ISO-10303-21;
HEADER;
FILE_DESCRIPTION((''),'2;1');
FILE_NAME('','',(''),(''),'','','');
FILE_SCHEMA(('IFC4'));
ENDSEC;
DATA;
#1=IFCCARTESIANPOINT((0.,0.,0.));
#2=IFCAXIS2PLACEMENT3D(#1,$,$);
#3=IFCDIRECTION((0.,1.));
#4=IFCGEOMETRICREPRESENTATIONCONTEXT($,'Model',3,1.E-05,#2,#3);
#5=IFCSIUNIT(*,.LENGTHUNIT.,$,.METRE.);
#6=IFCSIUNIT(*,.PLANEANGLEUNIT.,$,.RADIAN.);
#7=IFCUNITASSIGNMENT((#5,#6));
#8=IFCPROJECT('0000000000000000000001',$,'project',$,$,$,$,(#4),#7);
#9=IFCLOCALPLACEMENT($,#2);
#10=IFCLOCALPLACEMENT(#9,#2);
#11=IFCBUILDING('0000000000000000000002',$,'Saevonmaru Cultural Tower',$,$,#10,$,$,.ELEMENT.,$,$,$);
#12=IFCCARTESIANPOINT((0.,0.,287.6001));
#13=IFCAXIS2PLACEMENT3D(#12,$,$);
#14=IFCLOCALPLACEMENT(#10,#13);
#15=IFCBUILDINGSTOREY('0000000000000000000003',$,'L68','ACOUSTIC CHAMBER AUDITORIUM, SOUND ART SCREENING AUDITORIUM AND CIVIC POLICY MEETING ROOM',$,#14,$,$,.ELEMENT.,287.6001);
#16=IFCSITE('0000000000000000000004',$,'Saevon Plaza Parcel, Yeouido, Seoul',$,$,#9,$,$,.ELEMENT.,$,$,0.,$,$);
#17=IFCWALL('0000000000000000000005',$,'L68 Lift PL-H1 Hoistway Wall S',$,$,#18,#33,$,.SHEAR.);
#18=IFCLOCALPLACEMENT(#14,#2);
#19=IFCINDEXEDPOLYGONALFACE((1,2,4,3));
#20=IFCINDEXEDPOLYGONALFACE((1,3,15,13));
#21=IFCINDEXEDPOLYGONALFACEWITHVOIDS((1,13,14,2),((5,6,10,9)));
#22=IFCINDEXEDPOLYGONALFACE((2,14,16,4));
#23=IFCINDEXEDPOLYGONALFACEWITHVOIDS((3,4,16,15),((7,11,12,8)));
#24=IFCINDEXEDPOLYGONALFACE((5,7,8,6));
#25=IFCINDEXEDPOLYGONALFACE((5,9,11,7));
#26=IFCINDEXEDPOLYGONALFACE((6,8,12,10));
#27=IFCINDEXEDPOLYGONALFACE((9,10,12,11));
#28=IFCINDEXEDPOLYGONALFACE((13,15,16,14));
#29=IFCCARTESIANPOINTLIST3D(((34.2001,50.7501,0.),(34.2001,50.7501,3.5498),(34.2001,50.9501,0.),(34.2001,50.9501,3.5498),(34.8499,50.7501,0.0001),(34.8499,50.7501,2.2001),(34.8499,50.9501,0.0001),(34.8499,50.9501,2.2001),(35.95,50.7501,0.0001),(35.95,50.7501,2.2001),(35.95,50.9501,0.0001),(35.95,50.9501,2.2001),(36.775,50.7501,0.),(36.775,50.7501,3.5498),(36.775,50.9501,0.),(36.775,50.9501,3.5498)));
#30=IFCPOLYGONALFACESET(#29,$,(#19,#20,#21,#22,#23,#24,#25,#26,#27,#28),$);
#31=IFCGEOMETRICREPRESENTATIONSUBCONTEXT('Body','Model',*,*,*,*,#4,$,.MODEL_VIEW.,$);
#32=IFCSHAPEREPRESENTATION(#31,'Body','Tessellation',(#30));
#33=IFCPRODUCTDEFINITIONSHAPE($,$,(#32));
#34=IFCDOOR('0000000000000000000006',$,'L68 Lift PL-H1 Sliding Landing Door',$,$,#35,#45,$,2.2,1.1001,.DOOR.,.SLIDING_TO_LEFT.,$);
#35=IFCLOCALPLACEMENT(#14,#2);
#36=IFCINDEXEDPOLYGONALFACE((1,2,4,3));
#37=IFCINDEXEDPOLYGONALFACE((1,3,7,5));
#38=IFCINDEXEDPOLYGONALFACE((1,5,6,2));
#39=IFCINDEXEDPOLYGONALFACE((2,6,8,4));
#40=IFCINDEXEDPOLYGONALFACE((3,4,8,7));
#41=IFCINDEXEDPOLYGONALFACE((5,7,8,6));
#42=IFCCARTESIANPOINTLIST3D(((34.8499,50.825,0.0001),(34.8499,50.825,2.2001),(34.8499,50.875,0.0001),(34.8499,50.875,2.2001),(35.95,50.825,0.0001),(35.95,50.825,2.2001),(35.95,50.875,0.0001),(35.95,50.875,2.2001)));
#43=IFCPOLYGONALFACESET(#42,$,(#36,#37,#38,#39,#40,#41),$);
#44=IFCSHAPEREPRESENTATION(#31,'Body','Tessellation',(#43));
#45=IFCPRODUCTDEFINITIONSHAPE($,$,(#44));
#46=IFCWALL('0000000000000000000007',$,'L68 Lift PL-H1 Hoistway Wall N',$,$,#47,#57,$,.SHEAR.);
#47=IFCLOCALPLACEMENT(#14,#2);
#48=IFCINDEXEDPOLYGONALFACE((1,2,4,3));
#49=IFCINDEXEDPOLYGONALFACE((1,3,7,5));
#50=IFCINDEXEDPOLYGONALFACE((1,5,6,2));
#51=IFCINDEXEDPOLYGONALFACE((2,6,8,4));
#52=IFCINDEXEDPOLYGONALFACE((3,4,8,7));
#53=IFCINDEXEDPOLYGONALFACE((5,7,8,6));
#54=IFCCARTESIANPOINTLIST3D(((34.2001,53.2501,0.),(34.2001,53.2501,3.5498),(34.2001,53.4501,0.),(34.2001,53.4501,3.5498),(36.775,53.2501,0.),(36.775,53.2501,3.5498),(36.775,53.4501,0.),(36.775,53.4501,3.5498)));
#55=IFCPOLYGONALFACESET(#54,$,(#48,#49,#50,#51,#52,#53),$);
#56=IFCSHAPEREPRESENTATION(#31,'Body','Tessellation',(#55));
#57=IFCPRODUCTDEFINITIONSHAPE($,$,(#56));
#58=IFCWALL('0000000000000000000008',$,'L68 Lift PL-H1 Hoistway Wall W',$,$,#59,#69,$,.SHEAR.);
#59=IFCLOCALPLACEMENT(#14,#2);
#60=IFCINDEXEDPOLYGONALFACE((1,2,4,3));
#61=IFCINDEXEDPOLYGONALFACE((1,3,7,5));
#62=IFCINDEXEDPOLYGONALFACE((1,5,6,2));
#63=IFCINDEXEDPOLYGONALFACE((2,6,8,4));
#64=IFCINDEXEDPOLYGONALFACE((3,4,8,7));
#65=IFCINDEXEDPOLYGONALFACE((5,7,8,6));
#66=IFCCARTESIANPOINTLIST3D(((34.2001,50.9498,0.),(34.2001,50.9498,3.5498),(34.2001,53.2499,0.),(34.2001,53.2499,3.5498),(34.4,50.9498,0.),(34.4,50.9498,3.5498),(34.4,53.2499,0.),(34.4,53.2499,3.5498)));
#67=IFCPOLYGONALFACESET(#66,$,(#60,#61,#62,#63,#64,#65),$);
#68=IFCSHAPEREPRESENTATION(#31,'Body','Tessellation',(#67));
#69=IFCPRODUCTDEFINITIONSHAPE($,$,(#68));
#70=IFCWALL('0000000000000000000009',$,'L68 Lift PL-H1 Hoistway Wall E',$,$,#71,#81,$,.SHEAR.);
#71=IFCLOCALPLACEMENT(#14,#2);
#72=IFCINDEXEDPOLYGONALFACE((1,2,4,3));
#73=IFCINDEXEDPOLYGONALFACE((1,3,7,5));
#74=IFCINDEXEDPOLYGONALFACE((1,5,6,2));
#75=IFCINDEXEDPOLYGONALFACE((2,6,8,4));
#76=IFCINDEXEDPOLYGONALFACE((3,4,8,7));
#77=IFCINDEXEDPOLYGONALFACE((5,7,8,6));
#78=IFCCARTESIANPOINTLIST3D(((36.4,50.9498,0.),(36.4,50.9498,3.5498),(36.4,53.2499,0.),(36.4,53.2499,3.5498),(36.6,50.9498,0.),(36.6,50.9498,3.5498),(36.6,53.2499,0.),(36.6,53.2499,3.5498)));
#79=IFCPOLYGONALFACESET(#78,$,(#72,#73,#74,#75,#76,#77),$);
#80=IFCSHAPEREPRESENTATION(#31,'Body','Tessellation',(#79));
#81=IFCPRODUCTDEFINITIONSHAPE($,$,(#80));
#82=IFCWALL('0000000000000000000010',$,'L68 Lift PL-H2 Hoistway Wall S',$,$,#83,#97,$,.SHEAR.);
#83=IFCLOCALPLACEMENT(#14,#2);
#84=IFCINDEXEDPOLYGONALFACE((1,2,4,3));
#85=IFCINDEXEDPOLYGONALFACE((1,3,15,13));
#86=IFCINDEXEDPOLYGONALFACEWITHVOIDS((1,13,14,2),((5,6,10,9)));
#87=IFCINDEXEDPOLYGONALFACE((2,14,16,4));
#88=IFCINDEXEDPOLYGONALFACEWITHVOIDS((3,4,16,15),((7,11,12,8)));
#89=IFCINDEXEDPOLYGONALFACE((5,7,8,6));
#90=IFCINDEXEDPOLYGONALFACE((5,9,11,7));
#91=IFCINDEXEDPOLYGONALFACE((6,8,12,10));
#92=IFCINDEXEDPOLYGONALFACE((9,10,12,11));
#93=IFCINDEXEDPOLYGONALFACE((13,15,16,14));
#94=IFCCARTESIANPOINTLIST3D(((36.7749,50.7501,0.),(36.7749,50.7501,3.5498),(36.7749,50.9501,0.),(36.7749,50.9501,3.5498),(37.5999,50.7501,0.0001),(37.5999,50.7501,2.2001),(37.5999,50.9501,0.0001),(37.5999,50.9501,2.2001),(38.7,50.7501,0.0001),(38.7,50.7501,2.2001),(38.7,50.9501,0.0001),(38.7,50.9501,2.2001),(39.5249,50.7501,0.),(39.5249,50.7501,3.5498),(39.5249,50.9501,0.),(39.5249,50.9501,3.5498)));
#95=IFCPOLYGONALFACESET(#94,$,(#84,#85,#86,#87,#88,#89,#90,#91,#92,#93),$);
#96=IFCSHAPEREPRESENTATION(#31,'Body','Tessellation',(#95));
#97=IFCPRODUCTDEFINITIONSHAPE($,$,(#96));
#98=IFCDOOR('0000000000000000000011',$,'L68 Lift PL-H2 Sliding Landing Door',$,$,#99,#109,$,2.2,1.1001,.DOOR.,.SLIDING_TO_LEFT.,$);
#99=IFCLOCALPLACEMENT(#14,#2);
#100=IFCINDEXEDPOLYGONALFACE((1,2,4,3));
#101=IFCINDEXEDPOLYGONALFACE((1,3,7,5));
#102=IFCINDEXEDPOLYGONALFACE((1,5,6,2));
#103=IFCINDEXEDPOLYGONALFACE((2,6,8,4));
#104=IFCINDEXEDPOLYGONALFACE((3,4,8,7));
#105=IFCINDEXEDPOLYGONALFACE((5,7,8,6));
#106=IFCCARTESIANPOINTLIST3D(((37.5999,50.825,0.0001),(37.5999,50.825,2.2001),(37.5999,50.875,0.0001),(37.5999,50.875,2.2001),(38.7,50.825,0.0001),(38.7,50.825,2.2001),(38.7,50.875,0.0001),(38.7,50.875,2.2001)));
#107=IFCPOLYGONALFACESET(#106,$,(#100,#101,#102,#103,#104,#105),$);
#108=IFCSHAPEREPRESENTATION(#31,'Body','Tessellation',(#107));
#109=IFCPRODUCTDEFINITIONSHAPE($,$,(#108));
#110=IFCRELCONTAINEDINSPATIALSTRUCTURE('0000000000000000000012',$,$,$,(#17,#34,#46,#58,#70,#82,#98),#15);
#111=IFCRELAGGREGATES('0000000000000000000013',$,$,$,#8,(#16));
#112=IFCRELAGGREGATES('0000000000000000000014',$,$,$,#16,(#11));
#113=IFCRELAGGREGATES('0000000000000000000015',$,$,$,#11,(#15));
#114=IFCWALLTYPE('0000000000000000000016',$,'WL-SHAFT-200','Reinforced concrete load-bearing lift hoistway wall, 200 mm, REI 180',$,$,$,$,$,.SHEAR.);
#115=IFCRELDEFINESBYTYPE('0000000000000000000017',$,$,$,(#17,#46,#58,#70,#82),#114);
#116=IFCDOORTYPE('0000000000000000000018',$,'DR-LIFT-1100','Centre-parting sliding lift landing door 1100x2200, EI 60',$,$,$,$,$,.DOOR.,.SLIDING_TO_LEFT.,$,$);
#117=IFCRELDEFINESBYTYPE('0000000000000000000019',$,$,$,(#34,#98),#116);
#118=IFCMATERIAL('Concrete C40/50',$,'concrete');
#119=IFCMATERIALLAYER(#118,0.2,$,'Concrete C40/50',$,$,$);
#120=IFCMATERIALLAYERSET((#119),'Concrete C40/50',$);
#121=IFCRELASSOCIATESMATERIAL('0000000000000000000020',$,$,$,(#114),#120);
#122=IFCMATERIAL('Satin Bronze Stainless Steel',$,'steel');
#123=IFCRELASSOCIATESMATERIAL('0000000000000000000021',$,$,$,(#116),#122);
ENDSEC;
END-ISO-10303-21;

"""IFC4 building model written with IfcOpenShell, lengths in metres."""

from ifc_helpers import new_model, si_unit, direction, frame, frame_2d, origin, place, context, subcontext, project, spatial, rectangle, extrude, material, layer, layer_set, type_object, element, fill, save


model = new_model("IFC4")

# Units and contexts
model_context = context("Model", 3, precision=1e-05, world=origin(), true_north=direction((0.0, 1.0)))
body_context = subcontext(model_context, "Body", "Model", "MODEL_VIEW")
ifc_project = project(units=[si_unit("LENGTHUNIT", "METRE"), si_unit("PLANEANGLEUNIT", "RADIAN")], contexts=[model_context])

# Site, building, storey
site_placement = place(None, origin())
site = spatial("IfcSite", under=ifc_project, at=site_placement, Name="Saevon Plaza Parcel, Yeouido, Seoul", CompositionType="ELEMENT", RefElevation=0.0)
building_placement = place(site_placement, origin())
building = spatial("IfcBuilding", under=site, at=building_placement, Name="Saevonmaru Cultural Tower", CompositionType="ELEMENT")
storey_placement = place(building_placement, frame((0.0, 0.0, 287.6001)))
storey = spatial("IfcBuildingStorey", under=building, at=storey_placement, Name="L68", Description="ACOUSTIC CHAMBER AUDITORIUM, SOUND ART SCREENING AUDITORIUM AND CIVIC POLICY MEETING ROOM", CompositionType="ELEMENT", Elevation=287.6001)

# Wall, opening, door
ifc_material_1 = material(Name="Concrete C40/50", Category="concrete")
ifc_layer_1 = layer(ifc_material_1, 0.2, Name="Concrete C40/50")
ifc_layer_set_1 = layer_set([ifc_layer_1], Name="Concrete C40/50")
wall_type_1 = type_object("IfcWallType", Name="WL-SHAFT-200", Description="Reinforced concrete load-bearing lift hoistway wall, 200 mm, REI 180", PredefinedType="SHEAR", material=ifc_layer_set_1)
wall_1_placement = place(storey_placement, frame((34.2, 50.8501, 0.0), z_axis=(0.0, 0.0, 1.0), x_axis=(1.0, 0.0, 0.0)))
wall_1 = element("IfcWall", 1, at=wall_1_placement, inside=storey, type_object=wall_type_1, Name="L68 Lift PL-H1 Hoistway Wall S", PredefinedType="SHEAR", context=body_context, shape_type="SweptSolid", body=[
    extrude(rectangle(XDim=2.575, YDim=0.2, at=frame_2d((1.2876, 0.0))), origin(), (0.0, 0.0, 1.0), 3.5498),
])
opening_1_placement = place(wall_1_placement, frame((0.6499, 0.0, 0.0)))
opening_1 = element("IfcOpeningElement", 2, at=opening_1_placement, cuts=wall_1, PredefinedType="OPENING", context=body_context, shape_type="SweptSolid", body=[
    extrude(rectangle(XDim=1.1001, YDim=2.2, at=frame_2d((0.55, 1.1001))), frame((0.0, 0.1099, 0.0), z_axis=(0.0, -1.0, 0.0), x_axis=(1.0, 0.0, 0.0)), (0.0, 0.0, 1.0), 0.22),
])
ifc_material_2 = material(Name="Satin Bronze Stainless Steel", Category="steel")
door_type_1 = type_object("IfcDoorType", Name="DR-LIFT-1100", Description="Centre-parting sliding lift landing door 1100x2200, EI 60", OperationType="SLIDING_TO_LEFT", PredefinedType="DOOR", material=ifc_material_2)
door_1_placement = place(opening_1_placement, origin())
door_1 = element("IfcDoor", 3, at=door_1_placement, inside=storey, type_object=door_type_1, Name="L68 Lift PL-H1 Sliding Landing Door", OperationType="SLIDING_TO_LEFT", OverallHeight=2.2, OverallWidth=1.1001, PredefinedType="DOOR", context=body_context, shape_type="SweptSolid", body=[
    extrude(rectangle(XDim=1.1001, YDim=2.2, at=frame_2d((0.55, 1.1001))), frame((0.0, 0.0249, 0.0), z_axis=(0.0, -1.0, 0.0), x_axis=(1.0, 0.0, 0.0)), (0.0, 0.0, 1.0), 0.05),
])
fill(opening_1, door_1)

# Walls
wall_2_placement = place(storey_placement, frame((34.2, 53.3501, 0.0), z_axis=(0.0, 0.0, 1.0), x_axis=(1.0, 0.0, 0.0)))
element("IfcWall", 4, at=wall_2_placement, inside=storey, type_object=wall_type_1, Name="L68 Lift PL-H1 Hoistway Wall N", PredefinedType="SHEAR", context=body_context, shape_type="SweptSolid", body=[
    extrude(rectangle(XDim=2.575, YDim=0.2, at=frame_2d((1.2876, 0.0))), origin(), (0.0, 0.0, 1.0), 3.5498),
])
for number, where, z_axis, x_axis, name in (
    (5, (34.3, 50.95, 0.0), (0.0, 0.0, 1.0), (0.0, 1.0, 0.0), "L68 Lift PL-H1 Hoistway Wall W"),
    (6, (36.5, 50.95, 0.0), (0.0, 0.0, 1.0), (0.0, 1.0, 0.0), "L68 Lift PL-H1 Hoistway Wall E"),
):
    element("IfcWall", number, at=place(storey_placement, frame(where, z_axis=z_axis, x_axis=x_axis)), inside=storey, type_object=wall_type_1, Name=name, PredefinedType="SHEAR", context=body_context, shape_type="SweptSolid", body=[
        extrude(rectangle(XDim=2.3, YDim=0.2, at=frame_2d((1.1499, 0.0))), origin(), (0.0, 0.0, 1.0), 3.5498),
    ])

# Wall, opening, door
wall_3_placement = place(storey_placement, frame((36.7749, 50.8501, 0.0), z_axis=(0.0, 0.0, 1.0), x_axis=(1.0, 0.0, 0.0)))
wall_3 = element("IfcWall", 7, at=wall_3_placement, inside=storey, type_object=wall_type_1, Name="L68 Lift PL-H2 Hoistway Wall S", PredefinedType="SHEAR", context=body_context, shape_type="SweptSolid", body=[
    extrude(rectangle(XDim=2.75, YDim=0.2, at=frame_2d((1.375, 0.0))), origin(), (0.0, 0.0, 1.0), 3.5498),
])
opening_2_placement = place(wall_3_placement, frame((0.825, 0.0, 0.0)))
opening_2 = element("IfcOpeningElement", 8, at=opening_2_placement, cuts=wall_3, PredefinedType="OPENING", context=body_context, shape_type="SweptSolid", body=[
    extrude(rectangle(XDim=1.1001, YDim=2.2, at=frame_2d((0.55, 1.1001))), frame((0.0, 0.1099, 0.0), z_axis=(0.0, -1.0, 0.0), x_axis=(1.0, 0.0, 0.0)), (0.0, 0.0, 1.0), 0.22),
])
door_2_placement = place(opening_2_placement, origin())
door_2 = element("IfcDoor", 9, at=door_2_placement, inside=storey, type_object=door_type_1, Name="L68 Lift PL-H2 Sliding Landing Door", OperationType="SLIDING_TO_LEFT", OverallHeight=2.2, OverallWidth=1.1001, PredefinedType="DOOR", context=body_context, shape_type="SweptSolid", body=[
    extrude(rectangle(XDim=1.1001, YDim=2.2, at=frame_2d((0.55, 1.1001))), frame((0.0, 0.0249, 0.0), z_axis=(0.0, -1.0, 0.0), x_axis=(1.0, 0.0, 0.0)), (0.0, 0.0, 1.0), 0.05),
])
fill(opening_2, door_2)

save(model, "model.ifc")
